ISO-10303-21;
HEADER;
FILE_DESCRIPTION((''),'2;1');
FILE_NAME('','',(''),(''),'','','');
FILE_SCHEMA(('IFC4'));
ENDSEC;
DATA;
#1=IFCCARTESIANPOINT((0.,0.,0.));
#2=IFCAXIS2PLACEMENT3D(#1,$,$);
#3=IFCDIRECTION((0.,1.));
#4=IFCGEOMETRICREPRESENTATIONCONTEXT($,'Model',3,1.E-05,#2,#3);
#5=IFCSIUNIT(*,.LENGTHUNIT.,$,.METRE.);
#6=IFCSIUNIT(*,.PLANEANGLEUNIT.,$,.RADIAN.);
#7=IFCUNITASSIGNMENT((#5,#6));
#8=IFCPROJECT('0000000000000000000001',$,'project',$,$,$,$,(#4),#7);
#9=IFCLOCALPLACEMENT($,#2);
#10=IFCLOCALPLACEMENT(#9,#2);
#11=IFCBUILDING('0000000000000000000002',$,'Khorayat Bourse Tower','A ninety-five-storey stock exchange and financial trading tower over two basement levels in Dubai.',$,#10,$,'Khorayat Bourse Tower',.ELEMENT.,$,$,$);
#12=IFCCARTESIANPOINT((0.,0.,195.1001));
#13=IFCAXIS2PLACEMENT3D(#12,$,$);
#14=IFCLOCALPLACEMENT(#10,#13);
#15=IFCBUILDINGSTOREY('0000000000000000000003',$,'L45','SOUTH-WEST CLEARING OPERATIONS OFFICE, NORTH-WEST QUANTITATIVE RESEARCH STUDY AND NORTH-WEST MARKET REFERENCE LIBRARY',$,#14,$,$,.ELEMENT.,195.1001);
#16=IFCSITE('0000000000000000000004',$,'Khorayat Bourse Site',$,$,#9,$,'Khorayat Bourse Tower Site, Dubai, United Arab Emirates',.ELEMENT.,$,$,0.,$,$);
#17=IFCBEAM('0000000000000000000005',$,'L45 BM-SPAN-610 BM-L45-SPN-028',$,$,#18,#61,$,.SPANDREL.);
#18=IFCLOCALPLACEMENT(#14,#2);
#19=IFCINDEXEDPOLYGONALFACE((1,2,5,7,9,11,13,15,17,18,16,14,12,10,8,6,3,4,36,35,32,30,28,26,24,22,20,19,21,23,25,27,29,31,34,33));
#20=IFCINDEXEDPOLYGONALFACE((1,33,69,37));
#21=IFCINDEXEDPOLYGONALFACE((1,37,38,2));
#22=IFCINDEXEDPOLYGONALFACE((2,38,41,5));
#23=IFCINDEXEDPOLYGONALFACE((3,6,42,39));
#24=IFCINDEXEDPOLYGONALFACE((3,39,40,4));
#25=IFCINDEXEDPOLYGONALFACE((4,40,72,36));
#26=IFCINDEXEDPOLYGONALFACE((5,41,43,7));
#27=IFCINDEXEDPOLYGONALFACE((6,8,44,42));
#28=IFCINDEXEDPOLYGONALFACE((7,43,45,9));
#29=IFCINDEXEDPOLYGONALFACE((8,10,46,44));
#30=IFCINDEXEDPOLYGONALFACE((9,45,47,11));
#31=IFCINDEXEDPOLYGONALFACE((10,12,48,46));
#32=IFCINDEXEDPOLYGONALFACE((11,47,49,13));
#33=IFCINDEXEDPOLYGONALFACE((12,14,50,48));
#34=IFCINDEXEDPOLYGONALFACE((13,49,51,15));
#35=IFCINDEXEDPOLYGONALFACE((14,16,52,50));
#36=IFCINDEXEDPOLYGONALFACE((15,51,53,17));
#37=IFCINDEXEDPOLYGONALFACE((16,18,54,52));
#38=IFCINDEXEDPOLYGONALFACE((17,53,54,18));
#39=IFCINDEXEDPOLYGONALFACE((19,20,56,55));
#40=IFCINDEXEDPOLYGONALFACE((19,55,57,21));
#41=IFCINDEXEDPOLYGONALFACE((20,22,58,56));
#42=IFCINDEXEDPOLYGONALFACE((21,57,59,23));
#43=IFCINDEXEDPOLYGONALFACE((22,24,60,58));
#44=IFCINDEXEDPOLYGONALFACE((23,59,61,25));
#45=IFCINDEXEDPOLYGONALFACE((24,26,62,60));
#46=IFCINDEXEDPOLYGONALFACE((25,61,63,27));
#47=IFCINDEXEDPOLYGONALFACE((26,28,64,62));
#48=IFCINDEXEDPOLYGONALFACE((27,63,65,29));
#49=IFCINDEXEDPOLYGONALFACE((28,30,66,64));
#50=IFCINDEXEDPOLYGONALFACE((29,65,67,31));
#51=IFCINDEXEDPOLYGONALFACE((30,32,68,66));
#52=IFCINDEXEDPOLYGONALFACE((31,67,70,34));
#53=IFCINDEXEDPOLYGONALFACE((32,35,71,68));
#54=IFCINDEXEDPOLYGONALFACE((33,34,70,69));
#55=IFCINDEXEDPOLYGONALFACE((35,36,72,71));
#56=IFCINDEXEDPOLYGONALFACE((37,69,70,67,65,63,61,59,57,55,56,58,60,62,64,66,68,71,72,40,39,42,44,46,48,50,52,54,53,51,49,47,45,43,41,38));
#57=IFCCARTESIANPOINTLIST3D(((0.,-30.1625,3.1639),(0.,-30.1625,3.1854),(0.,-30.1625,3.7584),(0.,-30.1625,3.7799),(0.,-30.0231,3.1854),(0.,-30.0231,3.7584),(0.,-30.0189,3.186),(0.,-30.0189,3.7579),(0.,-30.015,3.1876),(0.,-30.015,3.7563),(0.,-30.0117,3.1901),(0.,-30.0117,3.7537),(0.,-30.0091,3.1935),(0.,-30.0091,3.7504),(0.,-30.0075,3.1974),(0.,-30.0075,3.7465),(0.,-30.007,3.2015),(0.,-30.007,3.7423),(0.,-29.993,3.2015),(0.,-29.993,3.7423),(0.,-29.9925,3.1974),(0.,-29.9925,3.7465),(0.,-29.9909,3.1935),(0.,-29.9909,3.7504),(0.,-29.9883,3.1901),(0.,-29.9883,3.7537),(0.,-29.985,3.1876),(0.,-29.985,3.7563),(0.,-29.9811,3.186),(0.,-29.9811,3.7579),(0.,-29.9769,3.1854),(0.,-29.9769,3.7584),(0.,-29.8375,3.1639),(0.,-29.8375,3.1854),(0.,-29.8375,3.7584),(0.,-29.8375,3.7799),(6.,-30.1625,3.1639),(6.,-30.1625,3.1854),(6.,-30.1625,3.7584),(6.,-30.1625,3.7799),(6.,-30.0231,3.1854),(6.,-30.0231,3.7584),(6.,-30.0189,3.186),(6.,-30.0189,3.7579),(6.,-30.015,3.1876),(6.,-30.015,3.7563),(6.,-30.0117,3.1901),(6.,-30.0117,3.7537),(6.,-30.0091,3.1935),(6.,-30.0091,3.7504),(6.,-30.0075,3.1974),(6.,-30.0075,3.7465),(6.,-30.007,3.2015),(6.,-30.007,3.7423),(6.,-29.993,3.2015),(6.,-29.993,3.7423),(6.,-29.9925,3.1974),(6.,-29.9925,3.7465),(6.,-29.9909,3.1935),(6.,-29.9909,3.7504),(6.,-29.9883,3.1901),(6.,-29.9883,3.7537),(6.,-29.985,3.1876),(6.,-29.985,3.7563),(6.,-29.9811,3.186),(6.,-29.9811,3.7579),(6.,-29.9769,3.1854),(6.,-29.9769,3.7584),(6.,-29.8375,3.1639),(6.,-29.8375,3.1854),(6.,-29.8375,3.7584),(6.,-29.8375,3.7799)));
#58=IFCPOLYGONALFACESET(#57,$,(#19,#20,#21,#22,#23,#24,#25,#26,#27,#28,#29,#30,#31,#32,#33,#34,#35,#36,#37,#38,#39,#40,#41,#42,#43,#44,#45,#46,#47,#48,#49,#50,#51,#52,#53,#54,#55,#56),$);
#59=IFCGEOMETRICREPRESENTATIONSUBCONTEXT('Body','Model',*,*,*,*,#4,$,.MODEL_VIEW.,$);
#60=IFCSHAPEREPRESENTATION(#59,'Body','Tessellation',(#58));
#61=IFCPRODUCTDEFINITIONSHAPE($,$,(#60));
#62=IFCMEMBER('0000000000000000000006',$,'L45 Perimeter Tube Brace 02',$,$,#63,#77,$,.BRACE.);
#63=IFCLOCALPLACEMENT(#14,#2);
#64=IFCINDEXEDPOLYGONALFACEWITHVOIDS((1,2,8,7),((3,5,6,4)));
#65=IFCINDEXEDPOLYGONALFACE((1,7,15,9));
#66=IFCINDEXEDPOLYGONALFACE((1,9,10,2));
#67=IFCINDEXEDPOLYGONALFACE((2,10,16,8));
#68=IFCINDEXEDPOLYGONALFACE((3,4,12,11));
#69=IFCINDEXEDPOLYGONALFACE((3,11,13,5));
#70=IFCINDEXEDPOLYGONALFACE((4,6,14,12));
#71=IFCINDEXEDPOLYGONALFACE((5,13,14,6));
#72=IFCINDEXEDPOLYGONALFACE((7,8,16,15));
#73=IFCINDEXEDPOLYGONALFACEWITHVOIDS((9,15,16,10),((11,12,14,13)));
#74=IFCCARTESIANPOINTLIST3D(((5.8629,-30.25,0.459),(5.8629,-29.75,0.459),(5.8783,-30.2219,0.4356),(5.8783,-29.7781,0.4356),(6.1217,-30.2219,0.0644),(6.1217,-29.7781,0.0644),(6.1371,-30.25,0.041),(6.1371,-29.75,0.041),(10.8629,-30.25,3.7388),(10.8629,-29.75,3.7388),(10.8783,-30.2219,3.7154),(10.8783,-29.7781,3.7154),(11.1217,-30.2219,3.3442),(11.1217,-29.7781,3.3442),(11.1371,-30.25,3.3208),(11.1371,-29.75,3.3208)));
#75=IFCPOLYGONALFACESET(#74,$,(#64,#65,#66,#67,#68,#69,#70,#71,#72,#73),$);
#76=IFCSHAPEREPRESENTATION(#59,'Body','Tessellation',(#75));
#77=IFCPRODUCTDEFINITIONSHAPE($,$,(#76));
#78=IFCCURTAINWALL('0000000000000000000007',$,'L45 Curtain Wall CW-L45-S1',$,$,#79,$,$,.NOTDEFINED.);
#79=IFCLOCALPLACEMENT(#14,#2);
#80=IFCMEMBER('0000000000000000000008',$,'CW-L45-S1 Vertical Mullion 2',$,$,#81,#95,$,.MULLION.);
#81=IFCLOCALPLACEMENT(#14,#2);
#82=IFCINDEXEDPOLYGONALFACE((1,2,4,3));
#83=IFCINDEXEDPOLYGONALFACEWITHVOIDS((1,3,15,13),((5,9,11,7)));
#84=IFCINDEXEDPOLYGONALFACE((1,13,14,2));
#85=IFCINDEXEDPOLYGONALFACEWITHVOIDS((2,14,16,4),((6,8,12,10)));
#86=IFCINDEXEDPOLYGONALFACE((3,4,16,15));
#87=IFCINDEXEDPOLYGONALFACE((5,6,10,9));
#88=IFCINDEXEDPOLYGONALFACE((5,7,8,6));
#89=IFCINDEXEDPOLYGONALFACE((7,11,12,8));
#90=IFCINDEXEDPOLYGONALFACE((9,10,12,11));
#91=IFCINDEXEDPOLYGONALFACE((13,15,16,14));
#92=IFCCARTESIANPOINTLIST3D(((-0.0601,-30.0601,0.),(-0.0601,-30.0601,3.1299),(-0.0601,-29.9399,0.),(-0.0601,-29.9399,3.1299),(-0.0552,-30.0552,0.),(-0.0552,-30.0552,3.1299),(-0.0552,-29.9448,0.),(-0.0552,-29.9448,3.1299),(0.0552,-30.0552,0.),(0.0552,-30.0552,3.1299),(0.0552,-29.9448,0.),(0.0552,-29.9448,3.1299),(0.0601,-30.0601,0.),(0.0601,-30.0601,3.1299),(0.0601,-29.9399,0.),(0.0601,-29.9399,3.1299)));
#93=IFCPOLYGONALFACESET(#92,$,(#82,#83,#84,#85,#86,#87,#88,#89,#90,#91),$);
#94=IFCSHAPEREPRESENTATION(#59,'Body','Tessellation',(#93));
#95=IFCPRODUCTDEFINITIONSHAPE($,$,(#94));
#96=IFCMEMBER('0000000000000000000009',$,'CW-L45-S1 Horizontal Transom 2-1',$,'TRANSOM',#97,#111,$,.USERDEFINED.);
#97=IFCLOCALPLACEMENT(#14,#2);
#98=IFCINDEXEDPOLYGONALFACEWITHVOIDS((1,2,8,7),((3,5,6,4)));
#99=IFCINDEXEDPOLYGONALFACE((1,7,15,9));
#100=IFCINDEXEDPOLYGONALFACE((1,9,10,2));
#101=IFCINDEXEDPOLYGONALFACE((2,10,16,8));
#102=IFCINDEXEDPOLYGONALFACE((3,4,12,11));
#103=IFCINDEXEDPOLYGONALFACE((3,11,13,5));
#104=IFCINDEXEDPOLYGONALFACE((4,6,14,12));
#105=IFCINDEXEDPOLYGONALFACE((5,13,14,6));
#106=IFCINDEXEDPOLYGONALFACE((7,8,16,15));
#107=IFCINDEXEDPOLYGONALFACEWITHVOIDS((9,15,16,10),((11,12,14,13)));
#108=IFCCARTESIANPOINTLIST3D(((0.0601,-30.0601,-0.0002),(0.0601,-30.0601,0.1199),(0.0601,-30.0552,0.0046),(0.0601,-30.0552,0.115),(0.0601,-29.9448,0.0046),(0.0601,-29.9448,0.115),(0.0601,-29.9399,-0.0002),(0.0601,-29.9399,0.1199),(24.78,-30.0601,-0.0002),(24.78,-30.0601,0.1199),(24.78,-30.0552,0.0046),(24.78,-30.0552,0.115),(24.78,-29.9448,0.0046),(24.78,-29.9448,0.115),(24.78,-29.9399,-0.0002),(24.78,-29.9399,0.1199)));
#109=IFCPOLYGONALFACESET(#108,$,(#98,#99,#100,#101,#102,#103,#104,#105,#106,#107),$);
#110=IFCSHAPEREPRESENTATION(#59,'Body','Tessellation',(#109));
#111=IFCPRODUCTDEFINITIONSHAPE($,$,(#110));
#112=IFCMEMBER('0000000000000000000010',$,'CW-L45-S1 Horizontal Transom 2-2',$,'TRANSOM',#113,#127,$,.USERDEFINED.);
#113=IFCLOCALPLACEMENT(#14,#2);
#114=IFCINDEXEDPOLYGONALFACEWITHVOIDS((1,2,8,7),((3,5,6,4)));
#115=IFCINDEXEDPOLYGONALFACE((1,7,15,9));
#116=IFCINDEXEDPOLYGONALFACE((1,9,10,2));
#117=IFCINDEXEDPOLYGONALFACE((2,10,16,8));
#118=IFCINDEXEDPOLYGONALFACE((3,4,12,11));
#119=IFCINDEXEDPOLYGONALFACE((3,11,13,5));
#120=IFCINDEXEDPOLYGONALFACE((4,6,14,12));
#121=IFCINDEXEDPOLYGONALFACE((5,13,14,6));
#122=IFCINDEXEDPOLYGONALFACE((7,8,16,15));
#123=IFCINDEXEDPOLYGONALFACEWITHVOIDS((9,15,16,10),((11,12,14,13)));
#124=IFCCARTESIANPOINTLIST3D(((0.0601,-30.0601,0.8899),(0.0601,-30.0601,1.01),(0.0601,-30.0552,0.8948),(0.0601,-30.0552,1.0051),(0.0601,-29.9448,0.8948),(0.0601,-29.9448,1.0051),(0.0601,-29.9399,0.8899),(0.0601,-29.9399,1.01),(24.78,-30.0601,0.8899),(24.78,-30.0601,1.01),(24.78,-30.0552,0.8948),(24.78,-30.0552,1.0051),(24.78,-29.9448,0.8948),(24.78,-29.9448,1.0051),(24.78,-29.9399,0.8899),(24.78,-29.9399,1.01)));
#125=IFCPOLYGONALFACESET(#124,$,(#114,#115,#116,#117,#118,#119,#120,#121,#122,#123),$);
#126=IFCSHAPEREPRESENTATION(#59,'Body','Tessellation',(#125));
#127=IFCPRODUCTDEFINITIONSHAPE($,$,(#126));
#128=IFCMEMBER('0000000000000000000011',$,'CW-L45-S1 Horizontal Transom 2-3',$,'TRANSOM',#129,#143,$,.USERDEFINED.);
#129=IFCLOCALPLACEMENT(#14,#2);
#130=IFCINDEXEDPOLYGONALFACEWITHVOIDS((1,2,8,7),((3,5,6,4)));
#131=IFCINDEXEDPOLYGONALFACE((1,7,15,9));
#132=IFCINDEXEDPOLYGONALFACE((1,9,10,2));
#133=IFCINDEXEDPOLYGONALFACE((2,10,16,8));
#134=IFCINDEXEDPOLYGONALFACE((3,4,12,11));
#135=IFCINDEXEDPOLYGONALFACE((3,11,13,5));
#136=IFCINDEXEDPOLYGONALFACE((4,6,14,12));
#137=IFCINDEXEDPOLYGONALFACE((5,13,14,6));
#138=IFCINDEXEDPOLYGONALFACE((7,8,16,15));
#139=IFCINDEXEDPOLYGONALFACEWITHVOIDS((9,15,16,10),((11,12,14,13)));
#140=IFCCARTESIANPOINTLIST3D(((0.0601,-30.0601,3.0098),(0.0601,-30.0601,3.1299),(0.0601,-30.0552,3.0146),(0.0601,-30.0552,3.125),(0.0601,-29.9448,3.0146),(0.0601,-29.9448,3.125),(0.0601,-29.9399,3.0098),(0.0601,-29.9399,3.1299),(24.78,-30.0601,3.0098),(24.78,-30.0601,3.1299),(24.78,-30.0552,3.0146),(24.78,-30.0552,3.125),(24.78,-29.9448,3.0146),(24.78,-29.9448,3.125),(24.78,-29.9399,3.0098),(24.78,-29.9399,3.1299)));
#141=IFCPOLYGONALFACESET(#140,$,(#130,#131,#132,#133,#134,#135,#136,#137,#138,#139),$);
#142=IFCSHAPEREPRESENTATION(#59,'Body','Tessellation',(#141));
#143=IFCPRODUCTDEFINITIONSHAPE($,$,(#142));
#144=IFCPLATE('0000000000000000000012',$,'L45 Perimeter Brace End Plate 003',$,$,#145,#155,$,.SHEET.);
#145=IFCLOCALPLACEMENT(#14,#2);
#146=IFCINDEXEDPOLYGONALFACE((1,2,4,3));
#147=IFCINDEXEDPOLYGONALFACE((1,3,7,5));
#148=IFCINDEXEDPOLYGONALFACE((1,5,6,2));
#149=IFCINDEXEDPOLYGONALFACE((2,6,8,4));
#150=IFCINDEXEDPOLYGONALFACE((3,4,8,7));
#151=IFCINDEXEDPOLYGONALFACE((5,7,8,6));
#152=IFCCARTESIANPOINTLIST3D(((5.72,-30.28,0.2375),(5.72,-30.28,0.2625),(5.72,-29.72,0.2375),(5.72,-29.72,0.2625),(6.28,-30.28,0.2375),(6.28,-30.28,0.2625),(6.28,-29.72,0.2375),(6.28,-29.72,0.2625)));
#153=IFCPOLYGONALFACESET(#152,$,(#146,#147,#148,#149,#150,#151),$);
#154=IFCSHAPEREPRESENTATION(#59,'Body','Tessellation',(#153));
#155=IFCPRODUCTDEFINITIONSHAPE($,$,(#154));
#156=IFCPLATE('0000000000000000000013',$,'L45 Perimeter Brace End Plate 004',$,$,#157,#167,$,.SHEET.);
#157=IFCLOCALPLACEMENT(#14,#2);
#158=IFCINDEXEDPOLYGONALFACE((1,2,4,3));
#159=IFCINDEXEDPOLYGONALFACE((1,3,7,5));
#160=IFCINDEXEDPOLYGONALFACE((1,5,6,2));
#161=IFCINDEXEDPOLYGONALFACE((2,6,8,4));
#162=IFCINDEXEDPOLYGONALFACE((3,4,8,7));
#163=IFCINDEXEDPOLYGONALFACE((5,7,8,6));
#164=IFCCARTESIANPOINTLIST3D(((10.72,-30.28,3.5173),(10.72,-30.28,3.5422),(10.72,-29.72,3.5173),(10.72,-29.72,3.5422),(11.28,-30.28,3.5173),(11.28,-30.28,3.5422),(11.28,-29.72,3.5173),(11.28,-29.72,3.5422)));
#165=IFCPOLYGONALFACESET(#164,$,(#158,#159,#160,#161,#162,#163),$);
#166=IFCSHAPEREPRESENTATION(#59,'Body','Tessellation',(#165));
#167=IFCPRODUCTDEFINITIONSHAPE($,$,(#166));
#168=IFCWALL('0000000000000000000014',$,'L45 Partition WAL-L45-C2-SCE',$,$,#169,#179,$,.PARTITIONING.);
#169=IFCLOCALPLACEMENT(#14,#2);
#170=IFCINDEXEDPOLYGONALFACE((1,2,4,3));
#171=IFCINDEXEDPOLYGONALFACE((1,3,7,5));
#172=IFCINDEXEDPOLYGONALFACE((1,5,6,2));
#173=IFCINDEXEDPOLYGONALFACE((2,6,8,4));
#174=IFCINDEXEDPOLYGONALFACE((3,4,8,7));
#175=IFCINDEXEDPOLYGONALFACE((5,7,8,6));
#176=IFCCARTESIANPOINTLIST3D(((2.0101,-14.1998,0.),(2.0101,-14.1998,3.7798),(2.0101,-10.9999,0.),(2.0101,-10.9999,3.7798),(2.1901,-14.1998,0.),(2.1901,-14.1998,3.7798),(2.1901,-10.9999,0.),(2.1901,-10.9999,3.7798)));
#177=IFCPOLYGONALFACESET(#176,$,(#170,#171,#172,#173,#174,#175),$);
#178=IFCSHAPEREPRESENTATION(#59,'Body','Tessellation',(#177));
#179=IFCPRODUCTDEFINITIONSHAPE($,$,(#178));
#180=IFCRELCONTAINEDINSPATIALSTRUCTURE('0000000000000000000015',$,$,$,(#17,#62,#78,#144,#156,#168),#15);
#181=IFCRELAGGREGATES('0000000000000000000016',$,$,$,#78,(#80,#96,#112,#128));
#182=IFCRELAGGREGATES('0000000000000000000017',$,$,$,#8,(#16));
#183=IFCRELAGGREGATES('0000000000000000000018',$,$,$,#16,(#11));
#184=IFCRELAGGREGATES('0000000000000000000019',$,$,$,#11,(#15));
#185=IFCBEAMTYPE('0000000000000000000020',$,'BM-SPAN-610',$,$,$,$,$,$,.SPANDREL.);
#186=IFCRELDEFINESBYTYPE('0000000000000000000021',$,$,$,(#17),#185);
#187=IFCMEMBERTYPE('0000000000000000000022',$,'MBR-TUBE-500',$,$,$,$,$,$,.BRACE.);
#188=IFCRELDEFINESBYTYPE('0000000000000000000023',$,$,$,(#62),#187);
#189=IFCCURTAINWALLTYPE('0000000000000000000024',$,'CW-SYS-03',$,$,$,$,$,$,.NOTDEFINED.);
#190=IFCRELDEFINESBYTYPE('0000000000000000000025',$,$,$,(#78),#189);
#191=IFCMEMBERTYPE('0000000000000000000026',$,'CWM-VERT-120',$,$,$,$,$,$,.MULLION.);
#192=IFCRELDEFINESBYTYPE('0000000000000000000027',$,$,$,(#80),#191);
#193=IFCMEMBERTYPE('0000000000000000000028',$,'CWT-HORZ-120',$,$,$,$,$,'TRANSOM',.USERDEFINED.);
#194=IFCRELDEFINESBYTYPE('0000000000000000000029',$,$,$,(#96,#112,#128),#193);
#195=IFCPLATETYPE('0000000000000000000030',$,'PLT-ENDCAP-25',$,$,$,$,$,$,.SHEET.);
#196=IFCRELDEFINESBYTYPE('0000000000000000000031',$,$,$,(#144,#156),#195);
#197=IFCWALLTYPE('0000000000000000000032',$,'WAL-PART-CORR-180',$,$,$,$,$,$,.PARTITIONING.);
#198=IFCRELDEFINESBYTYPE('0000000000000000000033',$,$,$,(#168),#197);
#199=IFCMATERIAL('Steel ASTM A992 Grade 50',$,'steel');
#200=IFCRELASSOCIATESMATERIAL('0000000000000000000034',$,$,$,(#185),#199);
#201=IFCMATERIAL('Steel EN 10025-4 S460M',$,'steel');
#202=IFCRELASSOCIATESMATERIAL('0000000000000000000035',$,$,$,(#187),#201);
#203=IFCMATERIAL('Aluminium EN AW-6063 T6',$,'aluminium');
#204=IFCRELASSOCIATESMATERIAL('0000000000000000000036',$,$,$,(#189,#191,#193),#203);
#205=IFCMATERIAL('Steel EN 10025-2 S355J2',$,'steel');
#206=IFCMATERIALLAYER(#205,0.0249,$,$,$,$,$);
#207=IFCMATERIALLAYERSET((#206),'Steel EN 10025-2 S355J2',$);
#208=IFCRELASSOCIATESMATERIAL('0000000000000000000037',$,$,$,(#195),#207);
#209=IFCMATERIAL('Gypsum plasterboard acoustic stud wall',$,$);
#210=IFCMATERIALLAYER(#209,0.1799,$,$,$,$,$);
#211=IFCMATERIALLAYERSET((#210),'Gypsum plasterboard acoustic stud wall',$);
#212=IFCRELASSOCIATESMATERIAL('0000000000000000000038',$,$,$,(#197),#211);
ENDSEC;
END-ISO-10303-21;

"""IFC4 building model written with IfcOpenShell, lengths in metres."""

from ifc_helpers import new_model, si_unit, direction, frame, frame_2d, origin, origin_2d, place, context, subcontext, project, spatial, rectangle, hollow_rectangle, i_section, extrude, source, transform, mapped, material, layer, layer_set, material_profile, profile_set, type_object, element, aggregate, save


model = new_model("IFC4")

# Units and contexts
model_context = context("Model", 3, precision=1e-05, world=origin(), true_north=direction((0.0, 1.0)))
body_context = subcontext(model_context, "Body", "Model", "MODEL_VIEW")
ifc_project = project(units=[si_unit("LENGTHUNIT", "METRE"), si_unit("PLANEANGLEUNIT", "RADIAN")], contexts=[model_context])

# Site, building, storey
site_placement = place(None, origin())
site = spatial("IfcSite", under=ifc_project, at=site_placement, Name="Khorayat Bourse Site", LongName="Khorayat Bourse Tower Site, Dubai, United Arab Emirates", CompositionType="ELEMENT", RefElevation=0.0)
building_placement = place(site_placement, origin())
building = spatial("IfcBuilding", under=site, at=building_placement, Name="Khorayat Bourse Tower", Description="A ninety-five-storey stock exchange and financial trading tower over two basement levels in Dubai.", LongName="Khorayat Bourse Tower", CompositionType="ELEMENT")
storey_placement = place(building_placement, frame((0.0, 0.0, 195.1001)))
storey = spatial("IfcBuildingStorey", under=building, at=storey_placement, Name="L45", Description="SOUTH-WEST CLEARING OPERATIONS OFFICE, NORTH-WEST QUANTITATIVE RESEARCH STUDY AND NORTH-WEST MARKET REFERENCE LIBRARY", CompositionType="ELEMENT", Elevation=195.1001)

# Shared definitions
ifc_material_1 = material(Name="Steel EN 10025-4 S460M", Category="steel")

# Beam
ifc_material_2 = material(Name="Steel ASTM A992 Grade 50", Category="steel")
ifc_material_profile_1 = material_profile(ifc_material_2, i_section(OverallWidth=0.325, OverallDepth=0.616, WebThickness=0.0139, FlangeThickness=0.0215, FilletRadius=0.0161, at=origin_2d()), Name="W610X174")
ifc_profile_set_1 = profile_set([ifc_material_profile_1], Name="Steel ASTM A992 Grade 50")
beam_type_1 = type_object("IfcBeamType", Name="BM-SPAN-610", PredefinedType="SPANDREL", material=ifc_profile_set_1)
shared_shape_1 = source(origin(), body_context, "Body", "SweptSolid", [
    extrude(i_section(OverallWidth=0.325, OverallDepth=0.616, WebThickness=0.0139, FlangeThickness=0.0215, FilletRadius=0.0161, at=origin_2d()), origin(), (0.0, 0.0, 1.0), 6.0),
])
beam_1_placement = place(storey_placement, frame((0.0, -30.0, 3.4719), z_axis=(1.0, 0.0, 0.0), x_axis=(0.0, 1.0, 0.0)))
element("IfcBeam", 1, at=beam_1_placement, inside=storey, type_object=beam_type_1, Name="L45 BM-SPAN-610 BM-L45-SPN-028", PredefinedType="SPANDREL", context=body_context, shape_type="MappedRepresentation", body=[
    mapped(shared_shape_1, transform((0.0, 0.0, 0.0), scale=1.0)),
])

# Member
ifc_material_profile_2 = material_profile(ifc_material_1, hollow_rectangle(XDim=0.5, YDim=0.5, WallThickness=0.0281, at=origin_2d()), Name="HSS 500x500x28")
ifc_profile_set_2 = profile_set([ifc_material_profile_2], Name="Steel EN 10025-4 S460M")
member_type_1 = type_object("IfcMemberType", Name="MBR-TUBE-500", PredefinedType="BRACE", material=ifc_profile_set_2)
shared_shape_2 = source(origin(), body_context, "Body", "SweptSolid", [
    extrude(hollow_rectangle(XDim=0.5, YDim=0.5, WallThickness=0.0281, at=origin_2d()), origin(), (0.0, 0.0, 1.0), 5.9797),
])
member_1_placement = place(storey_placement, frame((6.0, -30.0, 0.25), z_axis=(0.83616, 0.0, 0.548485), x_axis=(0.0, 1.0, 0.0)))
element("IfcMember", 2, at=member_1_placement, inside=storey, type_object=member_type_1, Name="L45 Perimeter Tube Brace 02", PredefinedType="BRACE", context=body_context, shape_type="MappedRepresentation", body=[
    mapped(shared_shape_2, transform((0.0, 0.0, 0.0), scale=1.0)),
])

# Curtain wall, members
ifc_material_3 = material(Name="Aluminium EN AW-6063 T6", Category="aluminium")
curtain_wall_type = type_object("IfcCurtainWallType", Name="CW-SYS-03", PredefinedType="NOTDEFINED", material=ifc_material_3)
curtain_wall_placement = place(storey_placement, origin())
curtain_wall = element("IfcCurtainWall", 3, at=curtain_wall_placement, inside=storey, type_object=curtain_wall_type, Name="L45 Curtain Wall CW-L45-S1", PredefinedType="NOTDEFINED")
ifc_material_profile_3 = material_profile(ifc_material_3, hollow_rectangle(XDim=0.1201, YDim=0.1201, WallThickness=0.0049, at=origin_2d()), Name="ALU 120x120x5")
ifc_profile_set_3 = profile_set([ifc_material_profile_3], Name="Aluminium EN AW-6063 T6")
member_type_2 = type_object("IfcMemberType", Name="CWM-VERT-120", PredefinedType="MULLION", material=ifc_profile_set_3)
shared_shape_3 = source(origin(), body_context, "Body", "SweptSolid", [
    extrude(hollow_rectangle(XDim=0.1201, YDim=0.1201, WallThickness=0.0049, at=origin_2d()), origin(), (0.0, 0.0, 1.0), 3.1299),
])
member_2_placement = place(storey_placement, frame((0.0, -30.0, 0.0), z_axis=(0.0, 0.0, 1.0), x_axis=(0.0, 1.0, 0.0)))
member_2 = element("IfcMember", 4, at=member_2_placement, type_object=member_type_2, Name="CW-L45-S1 Vertical Mullion 2", PredefinedType="MULLION", context=body_context, shape_type="MappedRepresentation", body=[
    mapped(shared_shape_3, transform((0.0, 0.0, 0.0), scale=1.0)),
])
ifc_material_profile_4 = material_profile(ifc_material_3, hollow_rectangle(XDim=0.1201, YDim=0.1201, WallThickness=0.0049, at=origin_2d()), Name="ALU 120x120x5")
ifc_profile_set_4 = profile_set([ifc_material_profile_4], Name="Aluminium EN AW-6063 T6")
member_type_3 = type_object("IfcMemberType", Name="CWT-HORZ-120", ElementType="TRANSOM", PredefinedType="USERDEFINED", material=ifc_profile_set_4)
shared_shape_4 = source(origin(), body_context, "Body", "SweptSolid", [
    extrude(hollow_rectangle(XDim=0.1201, YDim=0.1201, WallThickness=0.0049, at=origin_2d()), origin(), (0.0, 0.0, 1.0), 24.72),
])
member_3_placement = place(storey_placement, frame((0.0601, -30.0, 0.0598), z_axis=(1.0, 0.0, 0.0), x_axis=(0.0, 1.0, 0.0)))
member_3 = element("IfcMember", 5, at=member_3_placement, type_object=member_type_3, Name="CW-L45-S1 Horizontal Transom 2-1", ObjectType="TRANSOM", PredefinedType="USERDEFINED", context=body_context, shape_type="MappedRepresentation", body=[
    mapped(shared_shape_4, transform((0.0, 0.0, 0.0), scale=1.0)),
])
member_4_placement = place(storey_placement, frame((0.0601, -30.0, 0.95), z_axis=(1.0, 0.0, 0.0), x_axis=(0.0, 1.0, 0.0)))
member_4 = element("IfcMember", 6, at=member_4_placement, type_object=member_type_3, Name="CW-L45-S1 Horizontal Transom 2-2", ObjectType="TRANSOM", PredefinedType="USERDEFINED", context=body_context, shape_type="MappedRepresentation", body=[
    mapped(shared_shape_4, transform((0.0, 0.0, 0.0), scale=1.0)),
])
member_5_placement = place(storey_placement, frame((0.0601, -30.0, 3.0698), z_axis=(1.0, 0.0, 0.0), x_axis=(0.0, 1.0, 0.0)))
member_5 = element("IfcMember", 7, at=member_5_placement, type_object=member_type_3, Name="CW-L45-S1 Horizontal Transom 2-3", ObjectType="TRANSOM", PredefinedType="USERDEFINED", context=body_context, shape_type="MappedRepresentation", body=[
    mapped(shared_shape_4, transform((0.0, 0.0, 0.0), scale=1.0)),
])
aggregate(curtain_wall, [member_2, member_3, member_4, member_5])

# Plates
ifc_material_4 = material(Name="Steel EN 10025-2 S355J2", Category="steel")
ifc_layer_1 = layer(ifc_material_4, 0.0249)
ifc_layer_set_1 = layer_set([ifc_layer_1], Name="Steel EN 10025-2 S355J2")
plate_type = type_object("IfcPlateType", Name="PLT-ENDCAP-25", PredefinedType="SHEET", material=ifc_layer_set_1)
shared_shape_5 = source(origin(), body_context, "Body", "SweptSolid", [
    extrude(rectangle(XDim=0.5601, YDim=0.5601, at=origin_2d()), origin(), (0.0, 0.0, 1.0), 0.0249),
])
for number, where, z_axis, x_axis, name in (
    (8, (6.0, -30.0, 0.2375), (0.0, 0.0, 1.0), (1.0, 0.0, 0.0), "L45 Perimeter Brace End Plate 003"),
    (9, (11.0, -30.0, 3.5173), (0.0, 0.0, 1.0), (1.0, 0.0, 0.0), "L45 Perimeter Brace End Plate 004"),
):
    element("IfcPlate", number, at=place(storey_placement, frame(where, z_axis=z_axis, x_axis=x_axis)), inside=storey, type_object=plate_type, Name=name, PredefinedType="SHEET", context=body_context, shape_type="MappedRepresentation", body=[
        mapped(shared_shape_5, transform((0.0, 0.0, 0.0), scale=1.0)),
    ])

# Wall
ifc_material_5 = material(Name="Gypsum plasterboard acoustic stud wall")
ifc_layer_2 = layer(ifc_material_5, 0.1799)
ifc_layer_set_2 = layer_set([ifc_layer_2], Name="Gypsum plasterboard acoustic stud wall")
wall_type_1 = type_object("IfcWallType", Name="WAL-PART-CORR-180", PredefinedType="PARTITIONING", material=ifc_layer_set_2)
shared_shape_6 = source(origin(), body_context, "Body", "SweptSolid", [
    extrude(rectangle(XDim=3.2, YDim=0.1799, at=frame_2d((1.6001, 0.0))), origin(), (0.0, 0.0, 1.0), 3.7798),
])
wall_1_placement = place(storey_placement, frame((2.1001, -14.2, 0.0), z_axis=(0.0, 0.0, 1.0), x_axis=(0.0, 1.0, 0.0)))
element("IfcWall", 10, at=wall_1_placement, inside=storey, type_object=wall_type_1, Name="L45 Partition WAL-L45-C2-SCE", PredefinedType="PARTITIONING", context=body_context, shape_type="MappedRepresentation", body=[
    mapped(shared_shape_6, transform((0.0, 0.0, 0.0), scale=1.0)),
])

save(model, "model.ifc")
